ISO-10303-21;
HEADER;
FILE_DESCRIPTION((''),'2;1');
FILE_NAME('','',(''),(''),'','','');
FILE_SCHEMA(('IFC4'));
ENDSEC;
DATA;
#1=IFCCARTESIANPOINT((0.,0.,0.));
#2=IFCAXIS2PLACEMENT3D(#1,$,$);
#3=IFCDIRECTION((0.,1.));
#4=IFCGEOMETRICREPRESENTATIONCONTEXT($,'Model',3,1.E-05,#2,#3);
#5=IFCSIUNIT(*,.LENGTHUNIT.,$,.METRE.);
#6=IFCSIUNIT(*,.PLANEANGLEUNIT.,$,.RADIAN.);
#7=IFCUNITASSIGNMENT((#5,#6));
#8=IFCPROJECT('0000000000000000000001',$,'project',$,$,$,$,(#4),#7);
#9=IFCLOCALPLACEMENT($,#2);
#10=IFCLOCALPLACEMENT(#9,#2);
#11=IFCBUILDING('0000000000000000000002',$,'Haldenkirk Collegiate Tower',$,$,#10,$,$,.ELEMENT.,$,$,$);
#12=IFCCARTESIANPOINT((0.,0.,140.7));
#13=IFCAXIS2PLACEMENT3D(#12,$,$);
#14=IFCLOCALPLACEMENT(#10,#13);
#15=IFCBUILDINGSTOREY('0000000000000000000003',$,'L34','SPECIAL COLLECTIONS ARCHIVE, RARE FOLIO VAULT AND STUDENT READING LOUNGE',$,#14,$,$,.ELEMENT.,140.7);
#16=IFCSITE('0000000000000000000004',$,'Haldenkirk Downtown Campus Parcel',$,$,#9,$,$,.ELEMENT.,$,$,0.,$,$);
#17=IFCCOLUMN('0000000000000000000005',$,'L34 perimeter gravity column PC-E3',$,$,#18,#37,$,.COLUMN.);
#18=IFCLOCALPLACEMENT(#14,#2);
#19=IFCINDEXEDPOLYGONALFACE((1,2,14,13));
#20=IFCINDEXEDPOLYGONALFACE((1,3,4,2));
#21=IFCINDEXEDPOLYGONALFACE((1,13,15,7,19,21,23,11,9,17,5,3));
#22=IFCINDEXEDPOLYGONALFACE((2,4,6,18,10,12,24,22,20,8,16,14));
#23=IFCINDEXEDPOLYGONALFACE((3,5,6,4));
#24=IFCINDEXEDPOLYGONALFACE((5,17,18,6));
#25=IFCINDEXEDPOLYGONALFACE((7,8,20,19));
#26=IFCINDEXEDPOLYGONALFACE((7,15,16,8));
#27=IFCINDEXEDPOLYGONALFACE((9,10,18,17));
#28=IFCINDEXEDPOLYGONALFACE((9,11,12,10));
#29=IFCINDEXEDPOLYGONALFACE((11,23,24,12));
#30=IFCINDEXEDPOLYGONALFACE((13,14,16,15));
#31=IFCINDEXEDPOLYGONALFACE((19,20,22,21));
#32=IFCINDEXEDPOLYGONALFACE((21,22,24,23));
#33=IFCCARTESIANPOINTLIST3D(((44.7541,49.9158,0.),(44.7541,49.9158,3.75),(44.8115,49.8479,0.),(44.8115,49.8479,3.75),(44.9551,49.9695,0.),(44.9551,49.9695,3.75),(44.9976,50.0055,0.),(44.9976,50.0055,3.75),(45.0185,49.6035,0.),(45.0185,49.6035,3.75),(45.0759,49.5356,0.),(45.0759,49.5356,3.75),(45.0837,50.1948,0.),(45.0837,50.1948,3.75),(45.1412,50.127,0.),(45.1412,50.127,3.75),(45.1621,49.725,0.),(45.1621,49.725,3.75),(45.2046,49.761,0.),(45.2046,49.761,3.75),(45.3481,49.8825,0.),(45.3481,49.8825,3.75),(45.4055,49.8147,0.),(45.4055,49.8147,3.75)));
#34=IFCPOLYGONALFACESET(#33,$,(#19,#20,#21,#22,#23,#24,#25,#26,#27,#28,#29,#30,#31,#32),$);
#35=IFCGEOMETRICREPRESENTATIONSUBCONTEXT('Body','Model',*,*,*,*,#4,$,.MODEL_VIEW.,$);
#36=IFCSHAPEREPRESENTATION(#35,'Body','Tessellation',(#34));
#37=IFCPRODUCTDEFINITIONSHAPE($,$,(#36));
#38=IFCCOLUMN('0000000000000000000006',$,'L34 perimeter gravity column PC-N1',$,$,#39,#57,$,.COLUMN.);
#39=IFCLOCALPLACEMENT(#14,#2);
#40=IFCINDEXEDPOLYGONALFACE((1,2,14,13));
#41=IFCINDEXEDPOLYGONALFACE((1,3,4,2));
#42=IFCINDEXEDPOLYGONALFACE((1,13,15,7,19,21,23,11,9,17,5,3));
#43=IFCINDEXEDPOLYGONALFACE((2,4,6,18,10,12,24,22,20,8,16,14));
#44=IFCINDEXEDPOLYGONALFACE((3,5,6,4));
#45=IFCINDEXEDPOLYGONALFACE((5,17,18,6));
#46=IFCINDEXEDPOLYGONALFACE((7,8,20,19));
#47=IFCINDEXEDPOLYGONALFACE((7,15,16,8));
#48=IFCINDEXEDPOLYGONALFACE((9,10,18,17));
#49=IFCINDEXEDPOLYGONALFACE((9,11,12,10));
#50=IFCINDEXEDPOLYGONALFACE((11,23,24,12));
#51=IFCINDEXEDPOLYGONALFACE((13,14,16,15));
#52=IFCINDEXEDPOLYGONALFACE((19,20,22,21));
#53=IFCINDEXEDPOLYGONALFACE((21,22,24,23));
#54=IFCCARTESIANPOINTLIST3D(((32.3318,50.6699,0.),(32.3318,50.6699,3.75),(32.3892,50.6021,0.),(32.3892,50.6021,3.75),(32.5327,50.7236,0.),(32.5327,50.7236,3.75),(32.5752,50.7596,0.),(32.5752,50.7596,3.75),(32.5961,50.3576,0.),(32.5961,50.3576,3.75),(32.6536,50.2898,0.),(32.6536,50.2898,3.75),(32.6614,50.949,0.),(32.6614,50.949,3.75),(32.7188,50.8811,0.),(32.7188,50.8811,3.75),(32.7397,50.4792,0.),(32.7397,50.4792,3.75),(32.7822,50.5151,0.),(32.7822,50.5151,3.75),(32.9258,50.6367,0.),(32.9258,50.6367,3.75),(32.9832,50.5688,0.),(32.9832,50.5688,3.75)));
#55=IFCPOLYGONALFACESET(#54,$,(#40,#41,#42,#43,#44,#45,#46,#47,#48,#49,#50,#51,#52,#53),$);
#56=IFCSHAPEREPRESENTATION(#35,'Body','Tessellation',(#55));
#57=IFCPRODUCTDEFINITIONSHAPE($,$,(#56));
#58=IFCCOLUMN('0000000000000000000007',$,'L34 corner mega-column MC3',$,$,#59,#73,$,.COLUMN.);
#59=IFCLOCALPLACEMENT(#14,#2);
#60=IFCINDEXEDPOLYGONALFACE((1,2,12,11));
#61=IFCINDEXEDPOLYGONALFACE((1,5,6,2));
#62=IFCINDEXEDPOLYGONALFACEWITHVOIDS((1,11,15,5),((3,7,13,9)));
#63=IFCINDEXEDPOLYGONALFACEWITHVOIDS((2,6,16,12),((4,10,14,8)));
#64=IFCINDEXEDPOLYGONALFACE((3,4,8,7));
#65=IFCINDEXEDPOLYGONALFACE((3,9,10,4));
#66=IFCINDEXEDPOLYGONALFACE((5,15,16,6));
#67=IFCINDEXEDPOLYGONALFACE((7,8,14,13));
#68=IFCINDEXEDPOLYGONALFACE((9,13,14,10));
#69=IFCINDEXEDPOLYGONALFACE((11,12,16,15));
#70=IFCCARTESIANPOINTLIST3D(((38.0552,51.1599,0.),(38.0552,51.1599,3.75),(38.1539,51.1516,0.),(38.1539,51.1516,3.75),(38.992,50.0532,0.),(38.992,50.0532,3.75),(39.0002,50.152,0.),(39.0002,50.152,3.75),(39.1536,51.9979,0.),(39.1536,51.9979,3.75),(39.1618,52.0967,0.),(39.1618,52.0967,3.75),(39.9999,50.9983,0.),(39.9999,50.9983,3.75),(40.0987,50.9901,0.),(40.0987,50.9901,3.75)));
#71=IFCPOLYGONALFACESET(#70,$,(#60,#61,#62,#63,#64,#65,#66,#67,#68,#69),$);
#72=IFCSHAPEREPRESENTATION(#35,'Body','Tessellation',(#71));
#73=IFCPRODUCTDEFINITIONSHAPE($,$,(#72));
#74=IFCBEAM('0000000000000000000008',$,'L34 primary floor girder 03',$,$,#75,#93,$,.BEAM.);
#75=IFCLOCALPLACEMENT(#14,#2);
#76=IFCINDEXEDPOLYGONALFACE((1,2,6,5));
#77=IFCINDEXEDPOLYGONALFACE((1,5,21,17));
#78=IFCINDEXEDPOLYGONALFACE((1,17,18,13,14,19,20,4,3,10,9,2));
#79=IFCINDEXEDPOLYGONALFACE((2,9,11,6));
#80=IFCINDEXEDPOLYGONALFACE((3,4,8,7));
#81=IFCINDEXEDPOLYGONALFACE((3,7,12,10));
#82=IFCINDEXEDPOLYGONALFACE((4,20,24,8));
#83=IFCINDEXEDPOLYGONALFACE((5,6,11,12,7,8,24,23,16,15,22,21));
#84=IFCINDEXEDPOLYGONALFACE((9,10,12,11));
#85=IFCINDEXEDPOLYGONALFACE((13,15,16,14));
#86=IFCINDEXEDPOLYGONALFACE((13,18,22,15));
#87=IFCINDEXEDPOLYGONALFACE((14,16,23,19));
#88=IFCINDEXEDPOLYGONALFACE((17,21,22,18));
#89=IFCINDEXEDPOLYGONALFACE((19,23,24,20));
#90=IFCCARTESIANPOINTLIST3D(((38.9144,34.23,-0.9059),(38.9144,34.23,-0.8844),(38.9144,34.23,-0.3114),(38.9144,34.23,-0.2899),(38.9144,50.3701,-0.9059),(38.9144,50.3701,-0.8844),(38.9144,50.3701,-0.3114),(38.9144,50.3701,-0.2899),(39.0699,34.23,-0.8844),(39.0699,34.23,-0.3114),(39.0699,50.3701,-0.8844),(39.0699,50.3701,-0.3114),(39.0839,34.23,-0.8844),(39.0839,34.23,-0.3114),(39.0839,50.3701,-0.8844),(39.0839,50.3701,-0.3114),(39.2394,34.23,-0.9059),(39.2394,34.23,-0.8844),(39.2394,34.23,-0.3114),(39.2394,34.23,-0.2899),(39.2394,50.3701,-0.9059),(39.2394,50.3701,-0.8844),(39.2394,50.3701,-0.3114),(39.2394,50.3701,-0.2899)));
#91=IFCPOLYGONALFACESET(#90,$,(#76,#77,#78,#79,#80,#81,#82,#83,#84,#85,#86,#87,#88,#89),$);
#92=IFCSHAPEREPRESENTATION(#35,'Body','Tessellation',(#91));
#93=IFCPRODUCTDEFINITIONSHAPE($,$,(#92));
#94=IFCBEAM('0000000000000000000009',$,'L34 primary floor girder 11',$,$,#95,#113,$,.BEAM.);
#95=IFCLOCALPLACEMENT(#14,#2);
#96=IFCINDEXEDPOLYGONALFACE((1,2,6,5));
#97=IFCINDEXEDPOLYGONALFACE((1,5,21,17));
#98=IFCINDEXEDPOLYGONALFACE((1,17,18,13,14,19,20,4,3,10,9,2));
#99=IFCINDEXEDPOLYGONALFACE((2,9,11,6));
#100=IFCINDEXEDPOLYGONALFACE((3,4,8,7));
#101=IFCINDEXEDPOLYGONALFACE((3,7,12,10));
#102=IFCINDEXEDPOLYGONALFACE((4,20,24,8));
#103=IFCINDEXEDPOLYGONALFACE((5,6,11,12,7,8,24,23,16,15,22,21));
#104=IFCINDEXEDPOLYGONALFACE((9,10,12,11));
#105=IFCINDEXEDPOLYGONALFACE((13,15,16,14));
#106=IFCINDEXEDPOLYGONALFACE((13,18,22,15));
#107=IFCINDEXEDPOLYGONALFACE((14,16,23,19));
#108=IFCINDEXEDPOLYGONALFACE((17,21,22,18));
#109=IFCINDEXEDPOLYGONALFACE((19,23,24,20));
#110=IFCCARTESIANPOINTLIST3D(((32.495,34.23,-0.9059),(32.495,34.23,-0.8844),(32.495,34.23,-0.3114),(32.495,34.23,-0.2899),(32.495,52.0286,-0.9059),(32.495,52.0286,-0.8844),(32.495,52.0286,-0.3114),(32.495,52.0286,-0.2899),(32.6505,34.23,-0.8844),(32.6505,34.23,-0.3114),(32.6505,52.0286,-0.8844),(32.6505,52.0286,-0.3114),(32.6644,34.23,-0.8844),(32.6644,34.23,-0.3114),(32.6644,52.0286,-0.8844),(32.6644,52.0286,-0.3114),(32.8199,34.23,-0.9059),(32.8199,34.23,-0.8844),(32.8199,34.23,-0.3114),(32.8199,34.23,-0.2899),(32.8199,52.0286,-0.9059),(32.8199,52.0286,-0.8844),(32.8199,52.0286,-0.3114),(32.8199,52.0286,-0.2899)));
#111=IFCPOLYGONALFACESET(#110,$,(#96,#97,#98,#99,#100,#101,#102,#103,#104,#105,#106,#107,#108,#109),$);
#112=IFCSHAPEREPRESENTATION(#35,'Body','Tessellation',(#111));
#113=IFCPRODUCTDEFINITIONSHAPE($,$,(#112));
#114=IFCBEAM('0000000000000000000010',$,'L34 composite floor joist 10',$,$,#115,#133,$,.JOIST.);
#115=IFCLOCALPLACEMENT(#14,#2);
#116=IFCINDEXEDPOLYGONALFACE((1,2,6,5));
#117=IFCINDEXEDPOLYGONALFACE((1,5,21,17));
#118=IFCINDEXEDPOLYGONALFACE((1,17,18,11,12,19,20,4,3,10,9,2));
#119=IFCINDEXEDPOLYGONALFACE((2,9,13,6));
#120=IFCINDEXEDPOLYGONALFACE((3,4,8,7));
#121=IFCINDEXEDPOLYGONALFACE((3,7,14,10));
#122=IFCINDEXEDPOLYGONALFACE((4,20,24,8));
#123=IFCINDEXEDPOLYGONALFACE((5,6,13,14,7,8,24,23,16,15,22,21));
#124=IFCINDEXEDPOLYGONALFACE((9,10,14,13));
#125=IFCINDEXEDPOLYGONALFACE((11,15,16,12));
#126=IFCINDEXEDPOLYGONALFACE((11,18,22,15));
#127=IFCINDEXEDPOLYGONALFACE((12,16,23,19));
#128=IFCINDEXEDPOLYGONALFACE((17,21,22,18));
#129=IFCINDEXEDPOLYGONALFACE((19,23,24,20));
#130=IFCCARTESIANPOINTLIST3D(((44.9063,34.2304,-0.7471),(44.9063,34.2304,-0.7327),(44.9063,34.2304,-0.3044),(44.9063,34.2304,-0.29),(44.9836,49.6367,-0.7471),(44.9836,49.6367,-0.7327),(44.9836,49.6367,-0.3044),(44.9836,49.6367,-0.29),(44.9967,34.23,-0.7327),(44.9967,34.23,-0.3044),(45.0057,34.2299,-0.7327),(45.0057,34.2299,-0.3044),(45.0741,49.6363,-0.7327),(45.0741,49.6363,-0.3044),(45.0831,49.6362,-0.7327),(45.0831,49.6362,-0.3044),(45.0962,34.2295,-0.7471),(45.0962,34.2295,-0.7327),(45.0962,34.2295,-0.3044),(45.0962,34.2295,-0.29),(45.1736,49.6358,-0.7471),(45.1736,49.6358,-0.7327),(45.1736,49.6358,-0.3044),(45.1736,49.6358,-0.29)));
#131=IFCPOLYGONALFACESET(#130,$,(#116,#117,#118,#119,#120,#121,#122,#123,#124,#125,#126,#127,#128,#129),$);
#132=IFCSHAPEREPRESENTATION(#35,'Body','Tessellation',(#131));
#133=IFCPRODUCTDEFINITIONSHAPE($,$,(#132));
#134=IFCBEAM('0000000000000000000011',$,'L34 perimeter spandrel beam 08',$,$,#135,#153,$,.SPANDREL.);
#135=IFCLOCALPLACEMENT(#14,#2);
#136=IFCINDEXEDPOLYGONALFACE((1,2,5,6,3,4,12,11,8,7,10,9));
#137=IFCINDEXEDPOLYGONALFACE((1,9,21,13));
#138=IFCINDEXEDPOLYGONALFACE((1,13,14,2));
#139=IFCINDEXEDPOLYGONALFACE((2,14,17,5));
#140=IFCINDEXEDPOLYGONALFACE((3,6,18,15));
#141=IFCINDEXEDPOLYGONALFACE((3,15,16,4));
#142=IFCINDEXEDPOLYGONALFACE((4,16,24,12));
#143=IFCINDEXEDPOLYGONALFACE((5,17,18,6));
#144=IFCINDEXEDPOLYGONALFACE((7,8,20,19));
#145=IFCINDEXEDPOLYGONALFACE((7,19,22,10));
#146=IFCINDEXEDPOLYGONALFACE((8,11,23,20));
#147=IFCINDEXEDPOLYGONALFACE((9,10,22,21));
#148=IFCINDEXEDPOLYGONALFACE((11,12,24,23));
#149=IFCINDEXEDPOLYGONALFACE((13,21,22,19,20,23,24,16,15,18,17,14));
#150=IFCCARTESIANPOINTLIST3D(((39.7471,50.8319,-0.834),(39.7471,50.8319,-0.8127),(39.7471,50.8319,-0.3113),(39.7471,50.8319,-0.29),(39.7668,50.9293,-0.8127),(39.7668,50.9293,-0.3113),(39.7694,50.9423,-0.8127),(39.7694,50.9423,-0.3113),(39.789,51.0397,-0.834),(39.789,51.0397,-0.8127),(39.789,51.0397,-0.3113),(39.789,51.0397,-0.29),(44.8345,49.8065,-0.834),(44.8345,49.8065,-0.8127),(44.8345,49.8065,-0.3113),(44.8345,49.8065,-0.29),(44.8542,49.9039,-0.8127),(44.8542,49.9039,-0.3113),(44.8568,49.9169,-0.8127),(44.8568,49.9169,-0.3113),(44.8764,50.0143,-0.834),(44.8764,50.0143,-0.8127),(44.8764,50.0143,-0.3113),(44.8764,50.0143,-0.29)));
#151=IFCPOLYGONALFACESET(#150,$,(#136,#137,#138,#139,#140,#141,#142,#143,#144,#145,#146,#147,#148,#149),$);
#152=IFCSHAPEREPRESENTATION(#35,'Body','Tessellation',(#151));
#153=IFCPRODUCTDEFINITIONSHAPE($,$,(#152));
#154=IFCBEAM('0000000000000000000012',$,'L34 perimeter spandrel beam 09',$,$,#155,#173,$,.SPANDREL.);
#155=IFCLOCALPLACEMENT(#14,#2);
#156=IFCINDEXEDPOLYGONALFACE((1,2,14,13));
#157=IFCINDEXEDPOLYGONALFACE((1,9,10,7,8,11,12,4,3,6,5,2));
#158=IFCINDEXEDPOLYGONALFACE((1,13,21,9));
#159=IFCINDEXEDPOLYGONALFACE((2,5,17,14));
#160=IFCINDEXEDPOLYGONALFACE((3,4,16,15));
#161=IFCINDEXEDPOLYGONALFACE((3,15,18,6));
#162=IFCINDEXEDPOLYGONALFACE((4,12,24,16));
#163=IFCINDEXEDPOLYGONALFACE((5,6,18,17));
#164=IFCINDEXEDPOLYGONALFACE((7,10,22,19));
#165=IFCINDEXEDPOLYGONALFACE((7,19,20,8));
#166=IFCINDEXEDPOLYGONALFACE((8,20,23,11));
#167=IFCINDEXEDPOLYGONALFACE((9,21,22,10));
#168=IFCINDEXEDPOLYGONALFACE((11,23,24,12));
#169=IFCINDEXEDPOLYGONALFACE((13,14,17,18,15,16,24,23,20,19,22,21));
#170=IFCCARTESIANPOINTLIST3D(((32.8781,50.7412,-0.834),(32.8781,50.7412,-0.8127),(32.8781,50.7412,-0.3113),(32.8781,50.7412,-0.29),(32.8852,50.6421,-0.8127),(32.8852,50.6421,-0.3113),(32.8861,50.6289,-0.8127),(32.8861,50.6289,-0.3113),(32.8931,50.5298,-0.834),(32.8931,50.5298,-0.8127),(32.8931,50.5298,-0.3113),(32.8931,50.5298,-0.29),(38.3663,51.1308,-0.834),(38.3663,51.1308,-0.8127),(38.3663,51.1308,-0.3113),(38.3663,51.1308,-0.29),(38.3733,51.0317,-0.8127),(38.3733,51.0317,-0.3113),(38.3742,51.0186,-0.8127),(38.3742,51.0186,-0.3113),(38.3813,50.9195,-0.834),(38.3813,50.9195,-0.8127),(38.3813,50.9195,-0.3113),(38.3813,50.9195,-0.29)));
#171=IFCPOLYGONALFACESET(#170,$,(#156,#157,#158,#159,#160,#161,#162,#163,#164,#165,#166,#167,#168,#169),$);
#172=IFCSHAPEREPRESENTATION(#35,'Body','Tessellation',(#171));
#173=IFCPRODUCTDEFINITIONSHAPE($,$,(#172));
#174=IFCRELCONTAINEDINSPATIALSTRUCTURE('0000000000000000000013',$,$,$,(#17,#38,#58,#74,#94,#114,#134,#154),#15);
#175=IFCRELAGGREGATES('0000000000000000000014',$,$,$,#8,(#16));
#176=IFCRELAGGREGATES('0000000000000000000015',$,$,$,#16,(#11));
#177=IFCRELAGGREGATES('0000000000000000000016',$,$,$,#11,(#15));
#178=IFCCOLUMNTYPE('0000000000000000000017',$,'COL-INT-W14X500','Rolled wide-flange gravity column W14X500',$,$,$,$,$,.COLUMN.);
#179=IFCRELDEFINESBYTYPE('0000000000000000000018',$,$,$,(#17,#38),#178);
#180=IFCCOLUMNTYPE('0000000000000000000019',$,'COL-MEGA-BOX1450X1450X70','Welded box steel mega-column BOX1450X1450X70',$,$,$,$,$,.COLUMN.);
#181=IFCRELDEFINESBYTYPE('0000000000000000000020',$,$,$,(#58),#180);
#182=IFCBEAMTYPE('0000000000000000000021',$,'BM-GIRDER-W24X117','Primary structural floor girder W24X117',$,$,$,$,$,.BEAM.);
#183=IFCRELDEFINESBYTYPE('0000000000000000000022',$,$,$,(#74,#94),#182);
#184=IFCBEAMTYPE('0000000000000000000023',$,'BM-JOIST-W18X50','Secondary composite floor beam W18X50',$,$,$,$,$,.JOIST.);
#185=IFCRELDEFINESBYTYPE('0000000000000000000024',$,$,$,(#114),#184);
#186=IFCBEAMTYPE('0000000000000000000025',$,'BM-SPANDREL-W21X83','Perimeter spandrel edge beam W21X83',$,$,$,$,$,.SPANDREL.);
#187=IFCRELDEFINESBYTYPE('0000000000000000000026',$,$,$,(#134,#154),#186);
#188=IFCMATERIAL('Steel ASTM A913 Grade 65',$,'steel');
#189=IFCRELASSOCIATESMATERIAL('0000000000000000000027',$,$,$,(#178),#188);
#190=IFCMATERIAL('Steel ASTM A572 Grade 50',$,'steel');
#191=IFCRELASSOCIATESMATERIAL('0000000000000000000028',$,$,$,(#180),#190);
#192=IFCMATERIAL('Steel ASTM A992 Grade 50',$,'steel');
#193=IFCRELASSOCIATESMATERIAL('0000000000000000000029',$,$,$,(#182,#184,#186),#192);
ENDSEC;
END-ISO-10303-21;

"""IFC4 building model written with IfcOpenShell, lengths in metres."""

from ifc_helpers import new_model, si_unit, direction, frame, origin, origin_2d, place, context, subcontext, project, spatial, hollow_rectangle, i_section, extrude, material, material_profile, profile_set, type_object, element, save


model = new_model("IFC4")

# Units and contexts
model_context = context("Model", 3, precision=1e-05, world=origin(), true_north=direction((0.0, 1.0)))
body_context = subcontext(model_context, "Body", "Model", "MODEL_VIEW")
ifc_project = project(units=[si_unit("LENGTHUNIT", "METRE"), si_unit("PLANEANGLEUNIT", "RADIAN")], contexts=[model_context])

# Site, building, storey
site_placement = place(None, origin())
site = spatial("IfcSite", under=ifc_project, at=site_placement, Name="Haldenkirk Downtown Campus Parcel", CompositionType="ELEMENT", RefElevation=0.0)
building_placement = place(site_placement, origin())
building = spatial("IfcBuilding", under=site, at=building_placement, Name="Haldenkirk Collegiate Tower", CompositionType="ELEMENT")
storey_placement = place(building_placement, frame((0.0, 0.0, 140.7)))
storey = spatial("IfcBuildingStorey", under=building, at=storey_placement, Name="L34", Description="SPECIAL COLLECTIONS ARCHIVE, RARE FOLIO VAULT AND STUDENT READING LOUNGE", CompositionType="ELEMENT", Elevation=140.7)

# Columns
ifc_material_1 = material(Name="Steel ASTM A913 Grade 65", Category="steel")
ifc_material_profile_1 = material_profile(ifc_material_1, i_section(OverallWidth=0.4319, OverallDepth=0.498, WebThickness=0.0557, FlangeThickness=0.0889, at=origin_2d()), Name="W14X500")
ifc_profile_set_1 = profile_set([ifc_material_profile_1], Name="Steel ASTM A913 Grade 65")
column_type_1 = type_object("IfcColumnType", Name="COL-INT-W14X500", Description="Rolled wide-flange gravity column W14X500", PredefinedType="COLUMN", material=ifc_profile_set_1)
for number, where, z_axis, x_axis, name in (
    (1, (45.0798, 49.8652, 0.0), (0.0, 0.0, 1.0), (0.763232, 0.646124, 0.0), "L34 perimeter gravity column PC-E3"),
    (2, (32.6575, 50.6194, 0.0), (0.0, 0.0, 1.0), (0.763232, 0.646124, 0.0), "L34 perimeter gravity column PC-N1"),
):
    element("IfcColumn", number, at=place(storey_placement, frame(where, z_axis=z_axis, x_axis=x_axis)), inside=storey, type_object=column_type_1, Name=name, PredefinedType="COLUMN", context=body_context, shape_type="SweptSolid", body=[
        extrude(i_section(OverallWidth=0.4319, OverallDepth=0.498, WebThickness=0.0557, FlangeThickness=0.0889, at=origin_2d()), origin(), (0.0, 0.0, 1.0), 3.75),
    ])
ifc_material_2 = material(Name="Steel ASTM A572 Grade 50", Category="steel")
ifc_material_profile_2 = material_profile(ifc_material_2, hollow_rectangle(XDim=1.45, YDim=1.45, WallThickness=0.0701, at=origin_2d()), Name="BOX1450X1450X70")
ifc_profile_set_2 = profile_set([ifc_material_profile_2], Name="Steel ASTM A572 Grade 50")
column_type_2 = type_object("IfcColumnType", Name="COL-MEGA-BOX1450X1450X70", Description="Welded box steel mega-column BOX1450X1450X70", PredefinedType="COLUMN", material=ifc_profile_set_2)
column_placement = place(storey_placement, frame((39.0769, 51.075, 0.0), z_axis=(0.0, 0.0, 1.0), x_axis=(0.763232, 0.646124, 0.0)))
element("IfcColumn", 3, at=column_placement, inside=storey, type_object=column_type_2, Name="L34 corner mega-column MC3", PredefinedType="COLUMN", context=body_context, shape_type="SweptSolid", body=[
    extrude(hollow_rectangle(XDim=1.45, YDim=1.45, WallThickness=0.0701, at=origin_2d()), origin(), (0.0, 0.0, 1.0), 3.75),
])

# Beams
ifc_material_3 = material(Name="Steel ASTM A992 Grade 50", Category="steel")
ifc_material_profile_3 = material_profile(ifc_material_3, i_section(OverallWidth=0.325, OverallDepth=0.616, WebThickness=0.0139, FlangeThickness=0.0215, at=origin_2d()), Name="W24X117")
ifc_profile_set_3 = profile_set([ifc_material_profile_3], Name="Steel ASTM A992 Grade 50")
beam_type_1 = type_object("IfcBeamType", Name="BM-GIRDER-W24X117", Description="Primary structural floor girder W24X117", PredefinedType="BEAM", material=ifc_profile_set_3)
beam_1_placement = place(storey_placement, frame((39.0769, 50.3701, -0.5979), z_axis=(0.0, -1.0, 0.0), x_axis=(1.0, 0.0, 0.0)))
element("IfcBeam", 4, at=beam_1_placement, inside=storey, type_object=beam_type_1, Name="L34 primary floor girder 03", PredefinedType="BEAM", context=body_context, shape_type="SweptSolid", body=[
    extrude(i_section(OverallWidth=0.325, OverallDepth=0.616, WebThickness=0.0139, FlangeThickness=0.0215, at=origin_2d()), origin(), (0.0, 0.0, 1.0), 16.1401),
])
beam_2_placement = place(storey_placement, frame((32.6575, 52.0286, -0.5979), z_axis=(0.0, -1.0, 0.0), x_axis=(1.0, 0.0, 0.0)))
element("IfcBeam", 5, at=beam_2_placement, inside=storey, type_object=beam_type_1, Name="L34 primary floor girder 11", PredefinedType="BEAM", context=body_context, shape_type="SweptSolid", body=[
    extrude(i_section(OverallWidth=0.325, OverallDepth=0.616, WebThickness=0.0139, FlangeThickness=0.0215, at=origin_2d()), origin(), (0.0, 0.0, 1.0), 17.7986),
])
ifc_material_profile_4 = material_profile(ifc_material_3, i_section(OverallWidth=0.1899, OverallDepth=0.457, WebThickness=0.009, FlangeThickness=0.0144, at=origin_2d()), Name="W18X50")
ifc_profile_set_4 = profile_set([ifc_material_profile_4], Name="Steel ASTM A992 Grade 50")
beam_type_2 = type_object("IfcBeamType", Name="BM-JOIST-W18X50", Description="Secondary composite floor beam W18X50", PredefinedType="JOIST", material=ifc_profile_set_4)
beam_3_placement = place(storey_placement, frame((45.0786, 49.6362, -0.5186), z_axis=(-0.005023, -0.999987, 0.0), x_axis=(0.999987, -0.005023, 0.0)))
element("IfcBeam", 6, at=beam_3_placement, inside=storey, type_object=beam_type_2, Name="L34 composite floor joist 10", PredefinedType="JOIST", context=body_context, shape_type="SweptSolid", body=[
    extrude(i_section(OverallWidth=0.1899, OverallDepth=0.457, WebThickness=0.009, FlangeThickness=0.0144, at=origin_2d()), origin(), (0.0, 0.0, 1.0), 15.4065),
])
ifc_material_profile_5 = material_profile(ifc_material_3, i_section(OverallWidth=0.2119, OverallDepth=0.5439, WebThickness=0.0132, FlangeThickness=0.0212, at=origin_2d()), Name="W21X83")
ifc_profile_set_5 = profile_set([ifc_material_profile_5], Name="Steel ASTM A992 Grade 50")
beam_type_3 = type_object("IfcBeamType", Name="BM-SPANDREL-W21X83", Description="Perimeter spandrel edge beam W21X83", PredefinedType="SPANDREL", material=ifc_profile_set_5)
beam_4_placement = place(storey_placement, frame((44.8555, 49.9104, -0.562), z_axis=(-0.980286, 0.197581, 0.0), x_axis=(-0.197581, -0.980286, 0.0)))
element("IfcBeam", 7, at=beam_4_placement, inside=storey, type_object=beam_type_3, Name="L34 perimeter spandrel beam 08", PredefinedType="SPANDREL", context=body_context, shape_type="SweptSolid", body=[
    extrude(i_section(OverallWidth=0.2119, OverallDepth=0.5439, WebThickness=0.0132, FlangeThickness=0.0212, at=origin_2d()), origin(), (0.0, 0.0, 1.0), 5.1897),
])
beam_5_placement = place(storey_placement, frame((38.3738, 51.0251, -0.562), z_axis=(-0.997489, -0.070821, 0.0), x_axis=(0.070821, -0.997489, 0.0)))
element("IfcBeam", 8, at=beam_5_placement, inside=storey, type_object=beam_type_3, Name="L34 perimeter spandrel beam 09", PredefinedType="SPANDREL", context=body_context, shape_type="SweptSolid", body=[
    extrude(i_section(OverallWidth=0.2119, OverallDepth=0.5439, WebThickness=0.0132, FlangeThickness=0.0212, at=origin_2d()), origin(), (0.0, 0.0, 1.0), 5.502),
])

save(model, "model.ifc")
